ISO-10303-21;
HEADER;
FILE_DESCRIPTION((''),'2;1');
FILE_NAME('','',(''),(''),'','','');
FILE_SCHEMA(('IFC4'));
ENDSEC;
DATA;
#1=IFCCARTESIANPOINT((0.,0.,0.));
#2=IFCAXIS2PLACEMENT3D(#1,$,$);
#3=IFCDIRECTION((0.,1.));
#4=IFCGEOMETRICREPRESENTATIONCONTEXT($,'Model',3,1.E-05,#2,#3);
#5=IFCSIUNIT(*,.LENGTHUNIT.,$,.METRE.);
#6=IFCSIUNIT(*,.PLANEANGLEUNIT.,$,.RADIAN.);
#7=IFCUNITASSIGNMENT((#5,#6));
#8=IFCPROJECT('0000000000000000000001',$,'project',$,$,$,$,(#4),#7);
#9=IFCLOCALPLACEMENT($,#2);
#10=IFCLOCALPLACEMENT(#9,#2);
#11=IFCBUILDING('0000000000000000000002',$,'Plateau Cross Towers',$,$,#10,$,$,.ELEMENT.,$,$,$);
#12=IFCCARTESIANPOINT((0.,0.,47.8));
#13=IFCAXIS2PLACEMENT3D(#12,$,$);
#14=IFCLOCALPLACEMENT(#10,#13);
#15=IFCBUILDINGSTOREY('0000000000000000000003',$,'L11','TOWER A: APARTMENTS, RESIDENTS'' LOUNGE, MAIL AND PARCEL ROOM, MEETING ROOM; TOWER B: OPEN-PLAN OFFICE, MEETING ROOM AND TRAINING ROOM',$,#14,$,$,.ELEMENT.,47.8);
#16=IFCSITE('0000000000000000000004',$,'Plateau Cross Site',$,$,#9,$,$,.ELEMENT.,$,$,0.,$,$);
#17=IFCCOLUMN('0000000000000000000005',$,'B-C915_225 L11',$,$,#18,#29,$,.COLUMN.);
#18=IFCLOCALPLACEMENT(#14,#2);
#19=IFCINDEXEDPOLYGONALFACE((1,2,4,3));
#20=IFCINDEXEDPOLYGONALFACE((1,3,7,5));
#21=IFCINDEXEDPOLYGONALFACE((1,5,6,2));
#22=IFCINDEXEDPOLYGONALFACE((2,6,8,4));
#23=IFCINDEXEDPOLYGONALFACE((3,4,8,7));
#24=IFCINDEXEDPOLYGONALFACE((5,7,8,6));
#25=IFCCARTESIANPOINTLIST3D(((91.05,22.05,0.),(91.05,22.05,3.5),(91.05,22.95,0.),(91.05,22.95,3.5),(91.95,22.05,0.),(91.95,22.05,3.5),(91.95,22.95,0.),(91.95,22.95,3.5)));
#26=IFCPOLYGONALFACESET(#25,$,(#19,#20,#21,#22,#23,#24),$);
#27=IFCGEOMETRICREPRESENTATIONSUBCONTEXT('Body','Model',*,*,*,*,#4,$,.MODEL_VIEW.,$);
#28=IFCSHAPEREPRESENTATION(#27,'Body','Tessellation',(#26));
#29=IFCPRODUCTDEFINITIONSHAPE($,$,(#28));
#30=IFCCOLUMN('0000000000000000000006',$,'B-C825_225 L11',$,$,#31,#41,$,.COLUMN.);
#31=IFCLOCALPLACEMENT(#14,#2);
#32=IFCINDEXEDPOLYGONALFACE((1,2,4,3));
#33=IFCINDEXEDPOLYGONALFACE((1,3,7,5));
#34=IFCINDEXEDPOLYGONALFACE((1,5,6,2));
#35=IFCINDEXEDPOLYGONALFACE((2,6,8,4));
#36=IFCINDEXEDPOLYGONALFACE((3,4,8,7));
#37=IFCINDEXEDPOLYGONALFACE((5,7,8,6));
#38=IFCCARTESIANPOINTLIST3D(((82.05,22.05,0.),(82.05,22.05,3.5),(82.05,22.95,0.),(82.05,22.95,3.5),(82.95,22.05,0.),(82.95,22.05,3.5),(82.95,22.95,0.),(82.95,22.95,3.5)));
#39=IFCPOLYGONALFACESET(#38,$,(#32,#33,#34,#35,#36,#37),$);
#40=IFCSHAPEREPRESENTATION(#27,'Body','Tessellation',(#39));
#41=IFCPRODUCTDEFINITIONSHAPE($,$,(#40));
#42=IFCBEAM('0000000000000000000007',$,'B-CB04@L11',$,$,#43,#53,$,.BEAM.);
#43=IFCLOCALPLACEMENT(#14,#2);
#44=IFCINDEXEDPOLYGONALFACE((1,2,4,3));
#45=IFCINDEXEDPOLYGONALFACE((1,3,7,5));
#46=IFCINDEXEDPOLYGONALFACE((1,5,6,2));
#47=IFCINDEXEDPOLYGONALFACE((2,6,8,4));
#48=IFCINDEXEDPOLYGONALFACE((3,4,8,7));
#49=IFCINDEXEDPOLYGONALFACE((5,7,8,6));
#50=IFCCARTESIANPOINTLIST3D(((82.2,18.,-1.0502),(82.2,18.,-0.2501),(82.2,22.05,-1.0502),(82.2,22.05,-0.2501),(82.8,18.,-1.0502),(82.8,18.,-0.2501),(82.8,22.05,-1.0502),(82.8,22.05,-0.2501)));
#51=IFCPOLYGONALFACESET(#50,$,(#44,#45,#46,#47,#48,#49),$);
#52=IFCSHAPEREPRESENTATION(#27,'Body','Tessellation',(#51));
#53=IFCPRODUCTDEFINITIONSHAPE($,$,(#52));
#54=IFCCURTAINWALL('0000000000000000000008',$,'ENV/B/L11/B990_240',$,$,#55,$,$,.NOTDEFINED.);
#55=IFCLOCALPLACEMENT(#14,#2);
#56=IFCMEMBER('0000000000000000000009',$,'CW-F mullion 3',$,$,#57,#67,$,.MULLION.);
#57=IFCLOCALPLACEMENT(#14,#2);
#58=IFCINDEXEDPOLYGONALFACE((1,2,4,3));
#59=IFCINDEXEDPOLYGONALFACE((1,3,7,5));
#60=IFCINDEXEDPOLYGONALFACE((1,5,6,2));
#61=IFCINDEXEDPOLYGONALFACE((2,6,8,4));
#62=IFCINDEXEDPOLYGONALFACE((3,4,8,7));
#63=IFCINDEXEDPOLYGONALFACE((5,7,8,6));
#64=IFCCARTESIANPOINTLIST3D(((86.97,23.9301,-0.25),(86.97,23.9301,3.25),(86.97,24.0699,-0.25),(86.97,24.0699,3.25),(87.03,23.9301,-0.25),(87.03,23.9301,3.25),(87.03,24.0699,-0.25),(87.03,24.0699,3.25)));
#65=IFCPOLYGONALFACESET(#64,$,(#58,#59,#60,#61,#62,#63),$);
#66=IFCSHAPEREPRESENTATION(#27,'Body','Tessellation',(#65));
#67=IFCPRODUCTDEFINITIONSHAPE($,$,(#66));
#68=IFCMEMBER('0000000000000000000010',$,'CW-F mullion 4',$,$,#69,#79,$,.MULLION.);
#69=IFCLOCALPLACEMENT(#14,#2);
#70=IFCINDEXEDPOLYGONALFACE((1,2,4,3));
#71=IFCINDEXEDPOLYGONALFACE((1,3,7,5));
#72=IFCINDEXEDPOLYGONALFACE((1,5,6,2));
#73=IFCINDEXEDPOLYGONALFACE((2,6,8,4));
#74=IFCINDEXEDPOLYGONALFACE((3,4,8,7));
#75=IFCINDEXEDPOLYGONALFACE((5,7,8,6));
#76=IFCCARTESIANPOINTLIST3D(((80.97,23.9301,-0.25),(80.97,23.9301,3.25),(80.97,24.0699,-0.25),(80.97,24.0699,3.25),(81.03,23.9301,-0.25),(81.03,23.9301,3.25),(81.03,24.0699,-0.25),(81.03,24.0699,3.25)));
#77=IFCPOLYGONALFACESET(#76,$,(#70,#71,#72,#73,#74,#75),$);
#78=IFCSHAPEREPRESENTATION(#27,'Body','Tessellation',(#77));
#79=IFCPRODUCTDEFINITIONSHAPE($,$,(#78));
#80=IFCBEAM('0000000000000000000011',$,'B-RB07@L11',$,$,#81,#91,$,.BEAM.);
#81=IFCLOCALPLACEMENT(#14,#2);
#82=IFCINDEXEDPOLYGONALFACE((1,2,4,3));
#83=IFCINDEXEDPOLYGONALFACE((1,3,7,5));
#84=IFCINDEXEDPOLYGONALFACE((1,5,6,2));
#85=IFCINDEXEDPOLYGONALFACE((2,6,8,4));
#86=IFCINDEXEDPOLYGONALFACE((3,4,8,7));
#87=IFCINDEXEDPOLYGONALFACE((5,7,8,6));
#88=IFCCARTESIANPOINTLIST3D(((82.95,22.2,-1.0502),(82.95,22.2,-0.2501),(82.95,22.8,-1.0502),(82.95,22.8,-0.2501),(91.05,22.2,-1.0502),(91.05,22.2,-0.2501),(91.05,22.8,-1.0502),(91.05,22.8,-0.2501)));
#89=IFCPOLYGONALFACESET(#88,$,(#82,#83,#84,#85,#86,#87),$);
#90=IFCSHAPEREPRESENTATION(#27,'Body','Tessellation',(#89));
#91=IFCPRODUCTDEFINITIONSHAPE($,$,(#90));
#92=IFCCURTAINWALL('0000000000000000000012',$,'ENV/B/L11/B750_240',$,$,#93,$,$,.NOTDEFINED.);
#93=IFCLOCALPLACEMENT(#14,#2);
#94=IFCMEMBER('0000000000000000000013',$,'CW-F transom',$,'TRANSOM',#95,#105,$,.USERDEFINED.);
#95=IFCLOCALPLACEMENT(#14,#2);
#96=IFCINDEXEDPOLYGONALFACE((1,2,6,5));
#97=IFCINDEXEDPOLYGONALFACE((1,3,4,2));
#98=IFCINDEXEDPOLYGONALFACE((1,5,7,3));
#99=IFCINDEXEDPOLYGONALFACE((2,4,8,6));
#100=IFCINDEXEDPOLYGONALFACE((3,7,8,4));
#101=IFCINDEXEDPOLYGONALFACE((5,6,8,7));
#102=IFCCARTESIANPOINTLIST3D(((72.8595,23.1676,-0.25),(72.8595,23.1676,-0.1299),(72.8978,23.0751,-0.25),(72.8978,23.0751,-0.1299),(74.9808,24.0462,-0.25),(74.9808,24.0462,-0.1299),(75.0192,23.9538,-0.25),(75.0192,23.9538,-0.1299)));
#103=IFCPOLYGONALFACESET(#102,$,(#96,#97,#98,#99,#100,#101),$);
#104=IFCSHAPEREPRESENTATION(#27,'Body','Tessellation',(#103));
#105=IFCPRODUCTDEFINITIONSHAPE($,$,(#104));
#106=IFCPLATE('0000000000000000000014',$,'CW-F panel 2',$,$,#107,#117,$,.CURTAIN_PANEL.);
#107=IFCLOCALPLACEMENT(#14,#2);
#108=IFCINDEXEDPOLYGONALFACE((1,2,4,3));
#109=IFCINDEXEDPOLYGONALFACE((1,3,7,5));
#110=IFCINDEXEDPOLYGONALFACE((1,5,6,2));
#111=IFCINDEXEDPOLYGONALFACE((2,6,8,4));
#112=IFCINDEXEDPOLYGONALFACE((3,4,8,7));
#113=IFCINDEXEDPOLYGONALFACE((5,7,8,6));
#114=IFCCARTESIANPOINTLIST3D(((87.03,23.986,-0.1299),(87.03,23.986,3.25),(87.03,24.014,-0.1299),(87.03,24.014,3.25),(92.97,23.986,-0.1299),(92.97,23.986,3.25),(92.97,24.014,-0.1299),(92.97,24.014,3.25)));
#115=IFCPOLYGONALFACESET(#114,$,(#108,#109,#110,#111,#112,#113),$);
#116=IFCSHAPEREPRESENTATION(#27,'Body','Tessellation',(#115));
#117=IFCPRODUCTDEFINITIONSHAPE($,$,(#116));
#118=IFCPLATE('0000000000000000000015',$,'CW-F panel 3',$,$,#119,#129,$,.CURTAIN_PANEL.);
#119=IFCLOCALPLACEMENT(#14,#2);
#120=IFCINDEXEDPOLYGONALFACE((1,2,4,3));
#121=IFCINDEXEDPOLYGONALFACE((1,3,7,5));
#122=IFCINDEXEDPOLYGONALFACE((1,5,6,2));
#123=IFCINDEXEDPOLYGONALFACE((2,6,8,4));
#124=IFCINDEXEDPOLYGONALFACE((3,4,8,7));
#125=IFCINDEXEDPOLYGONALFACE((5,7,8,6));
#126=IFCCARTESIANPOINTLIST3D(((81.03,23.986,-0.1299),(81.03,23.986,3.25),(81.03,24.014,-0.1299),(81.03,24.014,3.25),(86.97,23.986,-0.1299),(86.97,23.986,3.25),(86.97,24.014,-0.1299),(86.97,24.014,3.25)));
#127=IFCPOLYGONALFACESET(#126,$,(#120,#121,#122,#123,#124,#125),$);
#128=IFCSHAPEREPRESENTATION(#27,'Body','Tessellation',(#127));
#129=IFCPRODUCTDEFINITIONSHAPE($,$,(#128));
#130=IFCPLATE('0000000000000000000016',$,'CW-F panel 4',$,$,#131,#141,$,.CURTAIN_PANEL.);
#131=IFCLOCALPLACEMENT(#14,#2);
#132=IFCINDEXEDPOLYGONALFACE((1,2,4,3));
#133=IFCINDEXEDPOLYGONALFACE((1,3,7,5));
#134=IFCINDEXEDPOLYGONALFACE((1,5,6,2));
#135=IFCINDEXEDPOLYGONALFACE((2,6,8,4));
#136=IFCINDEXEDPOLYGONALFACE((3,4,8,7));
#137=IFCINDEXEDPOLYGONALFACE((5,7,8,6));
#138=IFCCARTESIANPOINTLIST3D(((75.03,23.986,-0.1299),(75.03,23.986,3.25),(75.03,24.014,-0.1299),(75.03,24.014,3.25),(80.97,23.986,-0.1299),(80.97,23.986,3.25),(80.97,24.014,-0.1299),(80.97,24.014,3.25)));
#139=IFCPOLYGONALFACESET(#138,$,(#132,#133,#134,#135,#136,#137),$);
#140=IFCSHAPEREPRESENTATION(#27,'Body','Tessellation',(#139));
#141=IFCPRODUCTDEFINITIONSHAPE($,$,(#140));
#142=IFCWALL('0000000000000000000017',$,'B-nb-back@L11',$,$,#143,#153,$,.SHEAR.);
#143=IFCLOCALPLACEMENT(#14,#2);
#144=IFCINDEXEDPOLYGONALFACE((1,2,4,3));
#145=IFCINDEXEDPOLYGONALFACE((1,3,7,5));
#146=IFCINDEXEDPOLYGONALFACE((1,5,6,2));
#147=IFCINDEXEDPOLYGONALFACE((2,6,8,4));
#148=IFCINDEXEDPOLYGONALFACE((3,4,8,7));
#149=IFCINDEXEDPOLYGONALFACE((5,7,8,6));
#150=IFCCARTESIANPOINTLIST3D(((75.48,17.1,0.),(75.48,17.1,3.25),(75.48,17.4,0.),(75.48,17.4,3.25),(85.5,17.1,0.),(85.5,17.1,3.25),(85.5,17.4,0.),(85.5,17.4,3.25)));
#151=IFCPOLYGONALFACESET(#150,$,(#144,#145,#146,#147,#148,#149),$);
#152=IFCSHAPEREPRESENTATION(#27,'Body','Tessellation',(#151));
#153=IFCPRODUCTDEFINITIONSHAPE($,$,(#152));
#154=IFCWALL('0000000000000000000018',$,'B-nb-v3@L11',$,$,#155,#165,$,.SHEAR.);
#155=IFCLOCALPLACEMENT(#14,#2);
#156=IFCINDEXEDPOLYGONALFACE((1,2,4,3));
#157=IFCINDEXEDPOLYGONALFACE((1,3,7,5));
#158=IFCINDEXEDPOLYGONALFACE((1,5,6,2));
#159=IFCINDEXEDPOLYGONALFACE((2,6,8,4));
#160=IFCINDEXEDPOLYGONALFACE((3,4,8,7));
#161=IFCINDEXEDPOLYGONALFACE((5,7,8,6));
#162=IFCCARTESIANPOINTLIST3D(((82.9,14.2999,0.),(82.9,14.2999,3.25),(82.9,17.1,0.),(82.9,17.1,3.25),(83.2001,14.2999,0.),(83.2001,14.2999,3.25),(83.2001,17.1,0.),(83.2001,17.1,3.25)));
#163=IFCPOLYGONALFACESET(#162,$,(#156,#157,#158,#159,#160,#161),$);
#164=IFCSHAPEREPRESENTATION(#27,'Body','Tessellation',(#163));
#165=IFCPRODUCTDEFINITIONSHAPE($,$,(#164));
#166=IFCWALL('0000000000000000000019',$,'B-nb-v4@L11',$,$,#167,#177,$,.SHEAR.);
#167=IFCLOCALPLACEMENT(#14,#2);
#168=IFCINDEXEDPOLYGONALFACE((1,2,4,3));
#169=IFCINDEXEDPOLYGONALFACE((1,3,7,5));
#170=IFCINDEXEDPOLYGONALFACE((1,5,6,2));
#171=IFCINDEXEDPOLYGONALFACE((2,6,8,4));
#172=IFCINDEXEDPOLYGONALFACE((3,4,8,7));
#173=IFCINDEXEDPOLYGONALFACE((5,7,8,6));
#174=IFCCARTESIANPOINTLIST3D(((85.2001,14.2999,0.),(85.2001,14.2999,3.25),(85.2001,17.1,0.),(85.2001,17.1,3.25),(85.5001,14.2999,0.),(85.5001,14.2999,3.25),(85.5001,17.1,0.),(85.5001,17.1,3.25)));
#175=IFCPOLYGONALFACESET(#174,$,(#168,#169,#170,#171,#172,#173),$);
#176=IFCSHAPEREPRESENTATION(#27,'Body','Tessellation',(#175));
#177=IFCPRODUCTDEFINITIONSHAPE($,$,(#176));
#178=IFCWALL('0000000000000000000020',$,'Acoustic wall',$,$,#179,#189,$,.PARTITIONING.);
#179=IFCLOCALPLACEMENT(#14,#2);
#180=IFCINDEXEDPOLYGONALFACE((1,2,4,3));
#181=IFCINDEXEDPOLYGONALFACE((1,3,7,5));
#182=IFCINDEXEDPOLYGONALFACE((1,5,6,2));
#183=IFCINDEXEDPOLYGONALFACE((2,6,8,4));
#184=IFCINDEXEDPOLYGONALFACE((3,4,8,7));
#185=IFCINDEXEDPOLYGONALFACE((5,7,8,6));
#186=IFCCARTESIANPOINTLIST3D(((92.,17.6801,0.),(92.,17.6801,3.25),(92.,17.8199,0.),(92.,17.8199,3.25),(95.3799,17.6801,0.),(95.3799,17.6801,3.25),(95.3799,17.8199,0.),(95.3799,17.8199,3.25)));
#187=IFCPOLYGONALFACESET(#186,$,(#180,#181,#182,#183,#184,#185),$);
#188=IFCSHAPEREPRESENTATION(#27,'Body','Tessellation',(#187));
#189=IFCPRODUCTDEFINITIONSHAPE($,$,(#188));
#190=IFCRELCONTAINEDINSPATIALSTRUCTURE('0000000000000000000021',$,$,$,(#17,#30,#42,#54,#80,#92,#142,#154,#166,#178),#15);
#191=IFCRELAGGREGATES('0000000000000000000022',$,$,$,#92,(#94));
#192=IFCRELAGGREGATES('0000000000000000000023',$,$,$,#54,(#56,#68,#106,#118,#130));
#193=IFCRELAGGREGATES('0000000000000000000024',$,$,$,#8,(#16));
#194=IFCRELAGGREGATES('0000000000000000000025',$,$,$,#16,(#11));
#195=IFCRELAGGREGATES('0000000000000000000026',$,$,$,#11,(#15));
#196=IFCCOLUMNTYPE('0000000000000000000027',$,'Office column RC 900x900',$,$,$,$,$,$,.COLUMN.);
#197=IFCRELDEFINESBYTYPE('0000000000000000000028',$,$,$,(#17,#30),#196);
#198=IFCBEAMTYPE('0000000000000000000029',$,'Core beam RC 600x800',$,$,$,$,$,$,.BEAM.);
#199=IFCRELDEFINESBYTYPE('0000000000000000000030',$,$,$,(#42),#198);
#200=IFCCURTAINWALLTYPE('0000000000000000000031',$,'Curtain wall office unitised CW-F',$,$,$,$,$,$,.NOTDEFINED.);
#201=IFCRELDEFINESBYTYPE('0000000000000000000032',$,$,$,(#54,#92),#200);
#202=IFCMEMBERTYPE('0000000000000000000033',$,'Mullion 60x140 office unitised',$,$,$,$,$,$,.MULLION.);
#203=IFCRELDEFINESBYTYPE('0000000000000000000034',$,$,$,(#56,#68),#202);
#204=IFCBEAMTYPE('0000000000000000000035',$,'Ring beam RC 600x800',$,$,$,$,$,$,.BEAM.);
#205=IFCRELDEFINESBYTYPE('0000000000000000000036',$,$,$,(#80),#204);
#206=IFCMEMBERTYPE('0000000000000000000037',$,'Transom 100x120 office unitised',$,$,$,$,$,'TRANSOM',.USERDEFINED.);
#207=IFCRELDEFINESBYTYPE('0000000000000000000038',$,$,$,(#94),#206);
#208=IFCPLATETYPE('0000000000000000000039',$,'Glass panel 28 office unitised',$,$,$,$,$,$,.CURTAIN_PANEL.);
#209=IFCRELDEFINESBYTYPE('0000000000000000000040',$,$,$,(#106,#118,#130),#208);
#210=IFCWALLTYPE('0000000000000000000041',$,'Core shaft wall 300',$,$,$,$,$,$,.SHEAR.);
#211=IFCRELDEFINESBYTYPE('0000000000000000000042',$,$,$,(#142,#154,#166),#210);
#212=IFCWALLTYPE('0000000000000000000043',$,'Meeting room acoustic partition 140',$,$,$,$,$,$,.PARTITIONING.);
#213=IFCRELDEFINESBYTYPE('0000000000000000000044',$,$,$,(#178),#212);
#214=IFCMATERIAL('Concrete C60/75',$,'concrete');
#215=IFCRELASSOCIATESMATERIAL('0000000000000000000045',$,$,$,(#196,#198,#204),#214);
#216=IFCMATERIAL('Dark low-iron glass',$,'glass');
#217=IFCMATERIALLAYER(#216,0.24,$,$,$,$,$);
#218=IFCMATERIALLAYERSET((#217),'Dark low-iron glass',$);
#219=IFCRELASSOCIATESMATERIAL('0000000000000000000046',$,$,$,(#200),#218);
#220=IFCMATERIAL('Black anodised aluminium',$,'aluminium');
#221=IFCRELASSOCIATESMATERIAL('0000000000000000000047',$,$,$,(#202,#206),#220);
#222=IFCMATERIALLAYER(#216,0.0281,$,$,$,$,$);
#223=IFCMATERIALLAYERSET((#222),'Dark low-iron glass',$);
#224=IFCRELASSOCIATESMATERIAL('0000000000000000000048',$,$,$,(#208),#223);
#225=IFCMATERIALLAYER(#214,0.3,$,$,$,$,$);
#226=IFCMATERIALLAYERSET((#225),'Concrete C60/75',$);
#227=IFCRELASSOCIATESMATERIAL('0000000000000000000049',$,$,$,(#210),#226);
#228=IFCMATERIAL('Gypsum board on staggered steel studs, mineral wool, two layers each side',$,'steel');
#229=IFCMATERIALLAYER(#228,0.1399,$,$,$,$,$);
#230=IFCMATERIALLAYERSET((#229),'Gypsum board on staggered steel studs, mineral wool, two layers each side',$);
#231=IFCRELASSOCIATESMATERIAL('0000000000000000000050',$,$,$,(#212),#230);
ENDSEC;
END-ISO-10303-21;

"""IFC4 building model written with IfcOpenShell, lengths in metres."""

from ifc_helpers import new_model, si_unit, direction, frame, frame_2d, origin, origin_2d, place, context, subcontext, project, spatial, rectangle, extrude, material, layer, layer_set, material_profile, profile_set, type_object, element, aggregate, save


model = new_model("IFC4")

# Units and contexts
model_context = context("Model", 3, precision=1e-05, world=origin(), true_north=direction((0.0, 1.0)))
body_context = subcontext(model_context, "Body", "Model", "MODEL_VIEW")
ifc_project = project(units=[si_unit("LENGTHUNIT", "METRE"), si_unit("PLANEANGLEUNIT", "RADIAN")], contexts=[model_context])

# Site, building, storey
site_placement = place(None, origin())
site = spatial("IfcSite", under=ifc_project, at=site_placement, Name="Plateau Cross Site", CompositionType="ELEMENT", RefElevation=0.0)
building_placement = place(site_placement, origin())
building = spatial("IfcBuilding", under=site, at=building_placement, Name="Plateau Cross Towers", CompositionType="ELEMENT")
storey_placement = place(building_placement, frame((0.0, 0.0, 47.8)))
storey = spatial("IfcBuildingStorey", under=building, at=storey_placement, Name="L11", Description="TOWER A: APARTMENTS, RESIDENTS' LOUNGE, MAIL AND PARCEL ROOM, MEETING ROOM; TOWER B: OPEN-PLAN OFFICE, MEETING ROOM AND TRAINING ROOM", CompositionType="ELEMENT", Elevation=47.8)

# Columns
ifc_material_1 = material(Name="Concrete C60/75", Category="concrete")
ifc_material_profile_1 = material_profile(ifc_material_1, rectangle(XDim=0.8999, YDim=0.8999, at=origin_2d()), Name="RC 900x900")
ifc_profile_set_1 = profile_set([ifc_material_profile_1], Name="Concrete C60/75")
column_type = type_object("IfcColumnType", Name="Office column RC 900x900", PredefinedType="COLUMN", material=ifc_profile_set_1)
for number, where, z_axis, x_axis, name in (
    (1, (91.5, 22.5, 0.0), (0.0, 0.0, 1.0), (1.0, 0.0, 0.0), "B-C915_225 L11"),
    (2, (82.5, 22.5, 0.0), (0.0, 0.0, 1.0), (1.0, 0.0, 0.0), "B-C825_225 L11"),
):
    element("IfcColumn", number, at=place(storey_placement, frame(where, z_axis=z_axis, x_axis=x_axis)), inside=storey, type_object=column_type, Name=name, PredefinedType="COLUMN", context=body_context, shape_type="SweptSolid", body=[
        extrude(rectangle(XDim=0.8999, YDim=0.8999, at=origin_2d()), origin(), (0.0, 0.0, 1.0), 3.5),
    ])

# Beam
ifc_material_profile_2 = material_profile(ifc_material_1, rectangle(XDim=0.6001, YDim=0.8, at=origin_2d()), Name="RC 600x800")
ifc_profile_set_2 = profile_set([ifc_material_profile_2], Name="Concrete C60/75")
beam_type_1 = type_object("IfcBeamType", Name="Core beam RC 600x800", PredefinedType="BEAM", material=ifc_profile_set_2)
beam_1_placement = place(storey_placement, frame((82.5, 18.0, -0.6501), z_axis=(0.0, 1.0, 0.0), x_axis=(-1.0, 0.0, 0.0)))
element("IfcBeam", 3, at=beam_1_placement, inside=storey, type_object=beam_type_1, Name="B-CB04@L11", PredefinedType="BEAM", context=body_context, shape_type="SweptSolid", body=[
    extrude(rectangle(XDim=0.6001, YDim=0.8, at=origin_2d()), origin(), (0.0, 0.0, 1.0), 4.05),
])

# Curtain wall, members
ifc_material_2 = material(Name="Dark low-iron glass", Category="glass")
ifc_layer_1 = layer(ifc_material_2, 0.24)
ifc_layer_set_1 = layer_set([ifc_layer_1], Name="Dark low-iron glass")
curtain_wall_type = type_object("IfcCurtainWallType", Name="Curtain wall office unitised CW-F", PredefinedType="NOTDEFINED", material=ifc_layer_set_1)
curtain_wall_1_placement = place(storey_placement, origin())
curtain_wall_1 = element("IfcCurtainWall", 4, at=curtain_wall_1_placement, inside=storey, type_object=curtain_wall_type, Name="ENV/B/L11/B990_240", PredefinedType="NOTDEFINED")
ifc_material_3 = material(Name="Black anodised aluminium", Category="aluminium")
ifc_material_profile_3 = material_profile(ifc_material_3, rectangle(XDim=0.0601, YDim=0.1399, at=origin_2d()), Name="MULLION 60x140")
ifc_profile_set_3 = profile_set([ifc_material_profile_3], Name="Black anodised aluminium")
member_type_1 = type_object("IfcMemberType", Name="Mullion 60x140 office unitised", PredefinedType="MULLION", material=ifc_profile_set_3)
member_1_placement = place(storey_placement, frame((87.0, 24.0, -0.25), z_axis=(0.0, 0.0, 1.0), x_axis=(-1.0, 0.0, 0.0)))
member_1 = element("IfcMember", 5, at=member_1_placement, type_object=member_type_1, Name="CW-F mullion 3", PredefinedType="MULLION", context=body_context, shape_type="SweptSolid", body=[
    extrude(rectangle(XDim=0.0601, YDim=0.1399, at=origin_2d()), origin(), (0.0, 0.0, 1.0), 3.5),
])
member_2_placement = place(storey_placement, frame((81.0, 24.0, -0.25), z_axis=(0.0, 0.0, 1.0), x_axis=(-1.0, 0.0, 0.0)))
member_2 = element("IfcMember", 6, at=member_2_placement, type_object=member_type_1, Name="CW-F mullion 4", PredefinedType="MULLION", context=body_context, shape_type="SweptSolid", body=[
    extrude(rectangle(XDim=0.0601, YDim=0.1399, at=origin_2d()), origin(), (0.0, 0.0, 1.0), 3.5),
])

# Beam
ifc_material_profile_4 = material_profile(ifc_material_1, rectangle(XDim=0.6001, YDim=0.8, at=origin_2d()), Name="RC 600x800")
ifc_profile_set_4 = profile_set([ifc_material_profile_4], Name="Concrete C60/75")
beam_type_2 = type_object("IfcBeamType", Name="Ring beam RC 600x800", PredefinedType="BEAM", material=ifc_profile_set_4)
beam_2_placement = place(storey_placement, frame((91.05, 22.5, -0.6501), z_axis=(-1.0, 0.0, 0.0), x_axis=(0.0, -1.0, 0.0)))
element("IfcBeam", 7, at=beam_2_placement, inside=storey, type_object=beam_type_2, Name="B-RB07@L11", PredefinedType="BEAM", context=body_context, shape_type="SweptSolid", body=[
    extrude(rectangle(XDim=0.6001, YDim=0.8, at=origin_2d()), origin(), (0.0, 0.0, 1.0), 8.1001),
])

# Curtain wall, member
curtain_wall_2_placement = place(storey_placement, origin())
curtain_wall_2 = element("IfcCurtainWall", 8, at=curtain_wall_2_placement, inside=storey, type_object=curtain_wall_type, Name="ENV/B/L11/B750_240", PredefinedType="NOTDEFINED")
ifc_material_profile_5 = material_profile(ifc_material_3, rectangle(XDim=0.1001, YDim=0.1201, at=origin_2d()), Name="TRANSOM 100x120")
ifc_profile_set_5 = profile_set([ifc_material_profile_5], Name="Black anodised aluminium")
member_type_2 = type_object("IfcMemberType", Name="Transom 100x120 office unitised", ElementType="TRANSOM", PredefinedType="USERDEFINED", material=ifc_profile_set_5)
member_3_placement = place(storey_placement, frame((75.0, 24.0, -0.1899), z_axis=(-0.923883, -0.382674, 0.0), x_axis=(0.382674, -0.923883, 0.0)))
member_3 = element("IfcMember", 9, at=member_3_placement, type_object=member_type_2, Name="CW-F transom", ObjectType="TRANSOM", PredefinedType="USERDEFINED", context=body_context, shape_type="SweptSolid", body=[
    extrude(rectangle(XDim=0.1001, YDim=0.1201, at=origin_2d()), origin(), (0.0, 0.0, 1.0), 2.2961),
])
aggregate(curtain_wall_2, [member_3])

# Plates
ifc_layer_2 = layer(ifc_material_2, 0.0281)
ifc_layer_set_2 = layer_set([ifc_layer_2], Name="Dark low-iron glass")
plate_type = type_object("IfcPlateType", Name="Glass panel 28 office unitised", PredefinedType="CURTAIN_PANEL", material=ifc_layer_set_2)
plate_1_placement = place(storey_placement, frame((90.0, 24.0, -0.1299), z_axis=(0.0, 0.0, 1.0), x_axis=(-1.0, 0.0, 0.0)))
plate_1 = element("IfcPlate", 10, at=plate_1_placement, type_object=plate_type, Name="CW-F panel 2", PredefinedType="CURTAIN_PANEL", context=body_context, shape_type="SweptSolid", body=[
    extrude(rectangle(XDim=5.9399, YDim=0.0281, at=origin_2d()), origin(), (0.0, 0.0, 1.0), 3.3799),
])
plate_2_placement = place(storey_placement, frame((84.0, 24.0, -0.1299), z_axis=(0.0, 0.0, 1.0), x_axis=(-1.0, 0.0, 0.0)))
plate_2 = element("IfcPlate", 11, at=plate_2_placement, type_object=plate_type, Name="CW-F panel 3", PredefinedType="CURTAIN_PANEL", context=body_context, shape_type="SweptSolid", body=[
    extrude(rectangle(XDim=5.9399, YDim=0.0281, at=origin_2d()), origin(), (0.0, 0.0, 1.0), 3.3799),
])
plate_3_placement = place(storey_placement, frame((78.0, 24.0, -0.1299), z_axis=(0.0, 0.0, 1.0), x_axis=(-1.0, 0.0, 0.0)))
plate_3 = element("IfcPlate", 12, at=plate_3_placement, type_object=plate_type, Name="CW-F panel 4", PredefinedType="CURTAIN_PANEL", context=body_context, shape_type="SweptSolid", body=[
    extrude(rectangle(XDim=5.9399, YDim=0.0281, at=origin_2d()), origin(), (0.0, 0.0, 1.0), 3.3799),
])
aggregate(curtain_wall_1, [member_1, member_2, plate_1, plate_2, plate_3])

# Walls
ifc_layer_3 = layer(ifc_material_1, 0.3)
ifc_layer_set_3 = layer_set([ifc_layer_3], Name="Concrete C60/75")
wall_type_1 = type_object("IfcWallType", Name="Core shaft wall 300", PredefinedType="SHEAR", material=ifc_layer_set_3)
wall_1_placement = place(storey_placement, frame((75.48, 17.25, 0.0), z_axis=(0.0, 0.0, 1.0), x_axis=(1.0, 0.0, 0.0)))
element("IfcWall", 13, at=wall_1_placement, inside=storey, type_object=wall_type_1, Name="B-nb-back@L11", PredefinedType="SHEAR", context=body_context, shape_type="SweptSolid", body=[
    extrude(rectangle(XDim=10.02, YDim=0.3, at=frame_2d((5.01, 0.0))), origin(), (0.0, 0.0, 1.0), 3.25),
])
for number, where, z_axis, x_axis, name in (
    (14, (83.05, 14.3, 0.0), (0.0, 0.0, 1.0), (0.0, 1.0, 0.0), "B-nb-v3@L11"),
    (15, (85.3501, 14.3, 0.0), (0.0, 0.0, 1.0), (0.0, 1.0, 0.0), "B-nb-v4@L11"),
):
    element("IfcWall", number, at=place(storey_placement, frame(where, z_axis=z_axis, x_axis=x_axis)), inside=storey, type_object=wall_type_1, Name=name, PredefinedType="SHEAR", context=body_context, shape_type="SweptSolid", body=[
        extrude(rectangle(XDim=2.8, YDim=0.3, at=frame_2d((1.3999, 0.0))), origin(), (0.0, 0.0, 1.0), 3.25),
    ])
ifc_material_4 = material(Name="Gypsum board on staggered steel studs, mineral wool, two layers each side", Category="steel")
ifc_layer_4 = layer(ifc_material_4, 0.1399)
ifc_layer_set_4 = layer_set([ifc_layer_4], Name="Gypsum board on staggered steel studs, mineral wool, two layers each side")
wall_type_2 = type_object("IfcWallType", Name="Meeting room acoustic partition 140", PredefinedType="PARTITIONING", material=ifc_layer_set_4)
wall_2_placement = place(storey_placement, frame((92.0, 17.75, 0.0), z_axis=(0.0, 0.0, 1.0), x_axis=(1.0, 0.0, 0.0)))
element("IfcWall", 16, at=wall_2_placement, inside=storey, type_object=wall_type_2, Name="Acoustic wall", PredefinedType="PARTITIONING", context=body_context, shape_type="SweptSolid", body=[
    extrude(rectangle(XDim=3.3799, YDim=0.1399, at=frame_2d((1.6899, 0.0))), origin(), (0.0, 0.0, 1.0), 3.25),
])

save(model, "model.ifc")
